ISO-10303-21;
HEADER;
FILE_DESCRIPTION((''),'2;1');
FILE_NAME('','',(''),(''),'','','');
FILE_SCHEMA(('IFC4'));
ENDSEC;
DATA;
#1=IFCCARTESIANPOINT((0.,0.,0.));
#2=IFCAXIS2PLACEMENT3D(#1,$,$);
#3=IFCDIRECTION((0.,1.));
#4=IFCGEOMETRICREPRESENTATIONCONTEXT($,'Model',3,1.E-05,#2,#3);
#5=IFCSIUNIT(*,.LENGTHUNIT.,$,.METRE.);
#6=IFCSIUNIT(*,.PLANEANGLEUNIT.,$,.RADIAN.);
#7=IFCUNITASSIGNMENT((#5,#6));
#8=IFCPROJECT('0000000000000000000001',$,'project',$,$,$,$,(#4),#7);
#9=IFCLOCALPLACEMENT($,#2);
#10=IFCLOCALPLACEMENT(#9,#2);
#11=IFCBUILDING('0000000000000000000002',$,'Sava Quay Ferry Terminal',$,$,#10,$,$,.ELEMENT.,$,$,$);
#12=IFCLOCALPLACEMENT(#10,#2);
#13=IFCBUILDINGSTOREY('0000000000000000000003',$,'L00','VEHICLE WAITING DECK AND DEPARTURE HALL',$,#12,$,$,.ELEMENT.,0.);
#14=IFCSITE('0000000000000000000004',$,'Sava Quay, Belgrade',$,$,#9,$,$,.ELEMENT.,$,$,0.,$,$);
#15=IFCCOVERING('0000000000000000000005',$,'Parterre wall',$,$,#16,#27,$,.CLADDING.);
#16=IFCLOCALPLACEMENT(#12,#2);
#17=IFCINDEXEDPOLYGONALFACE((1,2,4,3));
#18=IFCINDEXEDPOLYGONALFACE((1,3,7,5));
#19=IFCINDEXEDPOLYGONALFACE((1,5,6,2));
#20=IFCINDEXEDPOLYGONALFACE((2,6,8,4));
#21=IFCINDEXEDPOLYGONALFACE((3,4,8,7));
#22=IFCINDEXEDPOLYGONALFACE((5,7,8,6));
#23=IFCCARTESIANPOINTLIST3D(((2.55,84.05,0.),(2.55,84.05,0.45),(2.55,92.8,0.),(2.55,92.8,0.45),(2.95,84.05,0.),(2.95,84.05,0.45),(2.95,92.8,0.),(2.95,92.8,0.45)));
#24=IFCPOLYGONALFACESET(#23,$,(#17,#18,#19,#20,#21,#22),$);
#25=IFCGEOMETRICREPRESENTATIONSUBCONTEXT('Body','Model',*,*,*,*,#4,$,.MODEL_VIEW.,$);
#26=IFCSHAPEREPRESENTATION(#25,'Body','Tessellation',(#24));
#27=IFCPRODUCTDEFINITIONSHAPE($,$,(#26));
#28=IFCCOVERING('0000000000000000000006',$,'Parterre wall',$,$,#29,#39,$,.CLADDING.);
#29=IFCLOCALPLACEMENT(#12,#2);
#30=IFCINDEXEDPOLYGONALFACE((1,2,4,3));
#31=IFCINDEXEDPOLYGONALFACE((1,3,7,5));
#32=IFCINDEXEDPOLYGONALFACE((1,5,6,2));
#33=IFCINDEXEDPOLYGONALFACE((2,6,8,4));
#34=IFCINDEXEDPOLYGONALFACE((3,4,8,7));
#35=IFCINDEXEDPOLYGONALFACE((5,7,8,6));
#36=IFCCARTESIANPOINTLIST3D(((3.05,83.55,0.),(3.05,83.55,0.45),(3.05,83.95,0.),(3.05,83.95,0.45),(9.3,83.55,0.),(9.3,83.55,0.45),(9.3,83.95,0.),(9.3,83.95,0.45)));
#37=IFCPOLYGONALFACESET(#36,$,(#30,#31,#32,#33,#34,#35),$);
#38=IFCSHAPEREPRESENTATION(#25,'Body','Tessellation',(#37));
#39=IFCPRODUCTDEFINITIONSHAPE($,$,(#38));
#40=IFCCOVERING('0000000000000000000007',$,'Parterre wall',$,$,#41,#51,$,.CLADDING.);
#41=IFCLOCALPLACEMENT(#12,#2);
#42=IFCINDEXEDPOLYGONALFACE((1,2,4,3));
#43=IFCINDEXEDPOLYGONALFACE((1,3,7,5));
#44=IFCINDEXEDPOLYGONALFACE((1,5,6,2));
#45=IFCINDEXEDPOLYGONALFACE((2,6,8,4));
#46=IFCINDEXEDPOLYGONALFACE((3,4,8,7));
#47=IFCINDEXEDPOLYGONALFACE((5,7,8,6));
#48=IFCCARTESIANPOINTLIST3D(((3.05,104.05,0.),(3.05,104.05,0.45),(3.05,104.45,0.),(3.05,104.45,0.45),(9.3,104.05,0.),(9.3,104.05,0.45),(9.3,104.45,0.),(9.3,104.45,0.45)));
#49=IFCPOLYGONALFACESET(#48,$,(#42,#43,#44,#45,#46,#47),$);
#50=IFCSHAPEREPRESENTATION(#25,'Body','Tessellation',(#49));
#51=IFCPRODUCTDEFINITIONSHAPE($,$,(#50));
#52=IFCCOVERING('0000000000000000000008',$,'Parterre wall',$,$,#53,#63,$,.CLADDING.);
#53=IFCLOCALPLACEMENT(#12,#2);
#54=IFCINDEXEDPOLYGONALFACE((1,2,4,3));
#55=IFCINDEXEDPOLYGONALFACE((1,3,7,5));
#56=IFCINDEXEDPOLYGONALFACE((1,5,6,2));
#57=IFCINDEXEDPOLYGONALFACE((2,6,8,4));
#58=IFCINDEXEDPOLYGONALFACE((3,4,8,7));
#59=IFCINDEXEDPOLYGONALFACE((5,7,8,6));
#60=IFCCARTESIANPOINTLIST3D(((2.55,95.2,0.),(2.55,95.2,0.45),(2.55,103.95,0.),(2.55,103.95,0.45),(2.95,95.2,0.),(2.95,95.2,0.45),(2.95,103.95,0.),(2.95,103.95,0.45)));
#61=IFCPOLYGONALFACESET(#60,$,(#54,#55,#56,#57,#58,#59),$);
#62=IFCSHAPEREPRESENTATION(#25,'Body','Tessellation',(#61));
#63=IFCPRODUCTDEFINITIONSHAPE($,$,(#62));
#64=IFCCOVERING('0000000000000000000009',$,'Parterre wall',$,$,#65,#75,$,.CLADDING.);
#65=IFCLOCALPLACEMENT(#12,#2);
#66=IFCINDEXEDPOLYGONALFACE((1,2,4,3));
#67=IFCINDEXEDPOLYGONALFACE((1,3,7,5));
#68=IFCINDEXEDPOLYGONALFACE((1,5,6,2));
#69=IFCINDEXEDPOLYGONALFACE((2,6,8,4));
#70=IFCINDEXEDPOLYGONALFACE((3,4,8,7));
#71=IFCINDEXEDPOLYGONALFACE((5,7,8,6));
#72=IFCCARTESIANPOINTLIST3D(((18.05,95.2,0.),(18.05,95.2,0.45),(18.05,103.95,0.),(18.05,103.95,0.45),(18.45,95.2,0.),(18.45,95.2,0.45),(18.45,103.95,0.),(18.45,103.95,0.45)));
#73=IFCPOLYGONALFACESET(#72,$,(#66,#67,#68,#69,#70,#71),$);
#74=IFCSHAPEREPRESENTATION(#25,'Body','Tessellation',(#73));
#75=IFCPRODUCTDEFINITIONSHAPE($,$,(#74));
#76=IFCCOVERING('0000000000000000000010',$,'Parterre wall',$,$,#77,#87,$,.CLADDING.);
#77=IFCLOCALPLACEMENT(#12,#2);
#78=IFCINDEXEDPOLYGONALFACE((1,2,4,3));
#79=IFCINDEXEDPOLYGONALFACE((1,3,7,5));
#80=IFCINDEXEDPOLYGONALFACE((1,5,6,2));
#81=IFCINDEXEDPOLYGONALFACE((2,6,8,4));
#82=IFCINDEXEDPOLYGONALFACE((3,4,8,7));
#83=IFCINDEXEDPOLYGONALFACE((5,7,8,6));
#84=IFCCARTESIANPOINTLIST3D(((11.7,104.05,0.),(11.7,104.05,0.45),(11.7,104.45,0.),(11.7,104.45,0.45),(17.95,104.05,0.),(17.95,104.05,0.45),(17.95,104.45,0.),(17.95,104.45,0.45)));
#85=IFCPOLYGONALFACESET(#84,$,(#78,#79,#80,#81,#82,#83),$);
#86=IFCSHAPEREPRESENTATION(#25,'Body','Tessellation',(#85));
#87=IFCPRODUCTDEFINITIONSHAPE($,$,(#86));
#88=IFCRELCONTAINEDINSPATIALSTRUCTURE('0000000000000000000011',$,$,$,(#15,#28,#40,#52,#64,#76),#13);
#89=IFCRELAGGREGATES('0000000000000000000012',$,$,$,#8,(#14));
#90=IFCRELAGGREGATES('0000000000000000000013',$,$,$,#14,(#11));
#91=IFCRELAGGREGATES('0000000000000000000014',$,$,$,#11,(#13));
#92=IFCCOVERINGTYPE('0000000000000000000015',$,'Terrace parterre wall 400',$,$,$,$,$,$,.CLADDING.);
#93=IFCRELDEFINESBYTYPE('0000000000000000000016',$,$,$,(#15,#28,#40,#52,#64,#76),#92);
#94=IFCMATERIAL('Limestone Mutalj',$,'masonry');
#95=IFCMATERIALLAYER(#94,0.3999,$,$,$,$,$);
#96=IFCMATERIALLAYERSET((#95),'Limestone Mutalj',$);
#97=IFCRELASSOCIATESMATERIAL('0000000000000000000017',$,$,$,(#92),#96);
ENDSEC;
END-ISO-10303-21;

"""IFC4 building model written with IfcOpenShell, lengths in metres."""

from ifc_helpers import new_model, si_unit, direction, origin, place, context, subcontext, project, spatial, polyline, outline, extrude, material, layer, layer_set, type_object, element, save


model = new_model("IFC4")

# Units and contexts
model_context = context("Model", 3, precision=1e-05, world=origin(), true_north=direction((0.0, 1.0)))
body_context = subcontext(model_context, "Body", "Model", "MODEL_VIEW")
ifc_project = project(units=[si_unit("LENGTHUNIT", "METRE"), si_unit("PLANEANGLEUNIT", "RADIAN")], contexts=[model_context])

# Site, building, storey
site_placement = place(None, origin())
site = spatial("IfcSite", under=ifc_project, at=site_placement, Name="Sava Quay, Belgrade", CompositionType="ELEMENT", RefElevation=0.0)
building_placement = place(site_placement, origin())
building = spatial("IfcBuilding", under=site, at=building_placement, Name="Sava Quay Ferry Terminal", CompositionType="ELEMENT")
storey_placement = place(building_placement, origin())
storey = spatial("IfcBuildingStorey", under=building, at=storey_placement, Name="L00", Description="VEHICLE WAITING DECK AND DEPARTURE HALL", CompositionType="ELEMENT", Elevation=0.0)

# Coverings
ifc_material_1 = material(Name="Limestone Mutalj", Category="masonry")
ifc_layer_1 = layer(ifc_material_1, 0.3999)
ifc_layer_set_1 = layer_set([ifc_layer_1], Name="Limestone Mutalj")
covering_type_1 = type_object("IfcCoveringType", Name="Terrace parterre wall 400", PredefinedType="CLADDING", material=ifc_layer_set_1)
covering_1_placement = place(storey_placement, origin())
element("IfcCovering", 1, at=covering_1_placement, inside=storey, type_object=covering_type_1, Name="Parterre wall", PredefinedType="CLADDING", context=body_context, shape_type="SweptSolid", body=[
    extrude(outline(polyline([(2.95, 84.05), (2.95, 92.8), (2.55, 92.8), (2.55, 84.05), (2.95, 84.05)])), origin(), (0.0, 0.0, 1.0), 0.45),
])
covering_2_placement = place(storey_placement, origin())
element("IfcCovering", 2, at=covering_2_placement, inside=storey, type_object=covering_type_1, Name="Parterre wall", PredefinedType="CLADDING", context=body_context, shape_type="SweptSolid", body=[
    extrude(outline(polyline([(9.3, 83.55), (9.3, 83.95), (3.05, 83.95), (3.05, 83.55), (9.3, 83.55)])), origin(), (0.0, 0.0, 1.0), 0.45),
])
covering_3_placement = place(storey_placement, origin())
element("IfcCovering", 3, at=covering_3_placement, inside=storey, type_object=covering_type_1, Name="Parterre wall", PredefinedType="CLADDING", context=body_context, shape_type="SweptSolid", body=[
    extrude(outline(polyline([(9.3, 104.05), (9.3, 104.45), (3.05, 104.45), (3.05, 104.05), (9.3, 104.05)])), origin(), (0.0, 0.0, 1.0), 0.45),
])
covering_4_placement = place(storey_placement, origin())
element("IfcCovering", 4, at=covering_4_placement, inside=storey, type_object=covering_type_1, Name="Parterre wall", PredefinedType="CLADDING", context=body_context, shape_type="SweptSolid", body=[
    extrude(outline(polyline([(2.55, 95.2), (2.95, 95.2), (2.95, 103.95), (2.55, 103.95), (2.55, 95.2)])), origin(), (0.0, 0.0, 1.0), 0.45),
])
covering_5_placement = place(storey_placement, origin())
element("IfcCovering", 5, at=covering_5_placement, inside=storey, type_object=covering_type_1, Name="Parterre wall", PredefinedType="CLADDING", context=body_context, shape_type="SweptSolid", body=[
    extrude(outline(polyline([(18.05, 95.2), (18.45, 95.2), (18.45, 103.95), (18.05, 103.95), (18.05, 95.2)])), origin(), (0.0, 0.0, 1.0), 0.45),
])
covering_6_placement = place(storey_placement, origin())
element("IfcCovering", 6, at=covering_6_placement, inside=storey, type_object=covering_type_1, Name="Parterre wall", PredefinedType="CLADDING", context=body_context, shape_type="SweptSolid", body=[
    extrude(outline(polyline([(11.7, 104.45), (11.7, 104.05), (17.95, 104.05), (17.95, 104.45), (11.7, 104.45)])), origin(), (0.0, 0.0, 1.0), 0.45),
])

save(model, "model.ifc")
